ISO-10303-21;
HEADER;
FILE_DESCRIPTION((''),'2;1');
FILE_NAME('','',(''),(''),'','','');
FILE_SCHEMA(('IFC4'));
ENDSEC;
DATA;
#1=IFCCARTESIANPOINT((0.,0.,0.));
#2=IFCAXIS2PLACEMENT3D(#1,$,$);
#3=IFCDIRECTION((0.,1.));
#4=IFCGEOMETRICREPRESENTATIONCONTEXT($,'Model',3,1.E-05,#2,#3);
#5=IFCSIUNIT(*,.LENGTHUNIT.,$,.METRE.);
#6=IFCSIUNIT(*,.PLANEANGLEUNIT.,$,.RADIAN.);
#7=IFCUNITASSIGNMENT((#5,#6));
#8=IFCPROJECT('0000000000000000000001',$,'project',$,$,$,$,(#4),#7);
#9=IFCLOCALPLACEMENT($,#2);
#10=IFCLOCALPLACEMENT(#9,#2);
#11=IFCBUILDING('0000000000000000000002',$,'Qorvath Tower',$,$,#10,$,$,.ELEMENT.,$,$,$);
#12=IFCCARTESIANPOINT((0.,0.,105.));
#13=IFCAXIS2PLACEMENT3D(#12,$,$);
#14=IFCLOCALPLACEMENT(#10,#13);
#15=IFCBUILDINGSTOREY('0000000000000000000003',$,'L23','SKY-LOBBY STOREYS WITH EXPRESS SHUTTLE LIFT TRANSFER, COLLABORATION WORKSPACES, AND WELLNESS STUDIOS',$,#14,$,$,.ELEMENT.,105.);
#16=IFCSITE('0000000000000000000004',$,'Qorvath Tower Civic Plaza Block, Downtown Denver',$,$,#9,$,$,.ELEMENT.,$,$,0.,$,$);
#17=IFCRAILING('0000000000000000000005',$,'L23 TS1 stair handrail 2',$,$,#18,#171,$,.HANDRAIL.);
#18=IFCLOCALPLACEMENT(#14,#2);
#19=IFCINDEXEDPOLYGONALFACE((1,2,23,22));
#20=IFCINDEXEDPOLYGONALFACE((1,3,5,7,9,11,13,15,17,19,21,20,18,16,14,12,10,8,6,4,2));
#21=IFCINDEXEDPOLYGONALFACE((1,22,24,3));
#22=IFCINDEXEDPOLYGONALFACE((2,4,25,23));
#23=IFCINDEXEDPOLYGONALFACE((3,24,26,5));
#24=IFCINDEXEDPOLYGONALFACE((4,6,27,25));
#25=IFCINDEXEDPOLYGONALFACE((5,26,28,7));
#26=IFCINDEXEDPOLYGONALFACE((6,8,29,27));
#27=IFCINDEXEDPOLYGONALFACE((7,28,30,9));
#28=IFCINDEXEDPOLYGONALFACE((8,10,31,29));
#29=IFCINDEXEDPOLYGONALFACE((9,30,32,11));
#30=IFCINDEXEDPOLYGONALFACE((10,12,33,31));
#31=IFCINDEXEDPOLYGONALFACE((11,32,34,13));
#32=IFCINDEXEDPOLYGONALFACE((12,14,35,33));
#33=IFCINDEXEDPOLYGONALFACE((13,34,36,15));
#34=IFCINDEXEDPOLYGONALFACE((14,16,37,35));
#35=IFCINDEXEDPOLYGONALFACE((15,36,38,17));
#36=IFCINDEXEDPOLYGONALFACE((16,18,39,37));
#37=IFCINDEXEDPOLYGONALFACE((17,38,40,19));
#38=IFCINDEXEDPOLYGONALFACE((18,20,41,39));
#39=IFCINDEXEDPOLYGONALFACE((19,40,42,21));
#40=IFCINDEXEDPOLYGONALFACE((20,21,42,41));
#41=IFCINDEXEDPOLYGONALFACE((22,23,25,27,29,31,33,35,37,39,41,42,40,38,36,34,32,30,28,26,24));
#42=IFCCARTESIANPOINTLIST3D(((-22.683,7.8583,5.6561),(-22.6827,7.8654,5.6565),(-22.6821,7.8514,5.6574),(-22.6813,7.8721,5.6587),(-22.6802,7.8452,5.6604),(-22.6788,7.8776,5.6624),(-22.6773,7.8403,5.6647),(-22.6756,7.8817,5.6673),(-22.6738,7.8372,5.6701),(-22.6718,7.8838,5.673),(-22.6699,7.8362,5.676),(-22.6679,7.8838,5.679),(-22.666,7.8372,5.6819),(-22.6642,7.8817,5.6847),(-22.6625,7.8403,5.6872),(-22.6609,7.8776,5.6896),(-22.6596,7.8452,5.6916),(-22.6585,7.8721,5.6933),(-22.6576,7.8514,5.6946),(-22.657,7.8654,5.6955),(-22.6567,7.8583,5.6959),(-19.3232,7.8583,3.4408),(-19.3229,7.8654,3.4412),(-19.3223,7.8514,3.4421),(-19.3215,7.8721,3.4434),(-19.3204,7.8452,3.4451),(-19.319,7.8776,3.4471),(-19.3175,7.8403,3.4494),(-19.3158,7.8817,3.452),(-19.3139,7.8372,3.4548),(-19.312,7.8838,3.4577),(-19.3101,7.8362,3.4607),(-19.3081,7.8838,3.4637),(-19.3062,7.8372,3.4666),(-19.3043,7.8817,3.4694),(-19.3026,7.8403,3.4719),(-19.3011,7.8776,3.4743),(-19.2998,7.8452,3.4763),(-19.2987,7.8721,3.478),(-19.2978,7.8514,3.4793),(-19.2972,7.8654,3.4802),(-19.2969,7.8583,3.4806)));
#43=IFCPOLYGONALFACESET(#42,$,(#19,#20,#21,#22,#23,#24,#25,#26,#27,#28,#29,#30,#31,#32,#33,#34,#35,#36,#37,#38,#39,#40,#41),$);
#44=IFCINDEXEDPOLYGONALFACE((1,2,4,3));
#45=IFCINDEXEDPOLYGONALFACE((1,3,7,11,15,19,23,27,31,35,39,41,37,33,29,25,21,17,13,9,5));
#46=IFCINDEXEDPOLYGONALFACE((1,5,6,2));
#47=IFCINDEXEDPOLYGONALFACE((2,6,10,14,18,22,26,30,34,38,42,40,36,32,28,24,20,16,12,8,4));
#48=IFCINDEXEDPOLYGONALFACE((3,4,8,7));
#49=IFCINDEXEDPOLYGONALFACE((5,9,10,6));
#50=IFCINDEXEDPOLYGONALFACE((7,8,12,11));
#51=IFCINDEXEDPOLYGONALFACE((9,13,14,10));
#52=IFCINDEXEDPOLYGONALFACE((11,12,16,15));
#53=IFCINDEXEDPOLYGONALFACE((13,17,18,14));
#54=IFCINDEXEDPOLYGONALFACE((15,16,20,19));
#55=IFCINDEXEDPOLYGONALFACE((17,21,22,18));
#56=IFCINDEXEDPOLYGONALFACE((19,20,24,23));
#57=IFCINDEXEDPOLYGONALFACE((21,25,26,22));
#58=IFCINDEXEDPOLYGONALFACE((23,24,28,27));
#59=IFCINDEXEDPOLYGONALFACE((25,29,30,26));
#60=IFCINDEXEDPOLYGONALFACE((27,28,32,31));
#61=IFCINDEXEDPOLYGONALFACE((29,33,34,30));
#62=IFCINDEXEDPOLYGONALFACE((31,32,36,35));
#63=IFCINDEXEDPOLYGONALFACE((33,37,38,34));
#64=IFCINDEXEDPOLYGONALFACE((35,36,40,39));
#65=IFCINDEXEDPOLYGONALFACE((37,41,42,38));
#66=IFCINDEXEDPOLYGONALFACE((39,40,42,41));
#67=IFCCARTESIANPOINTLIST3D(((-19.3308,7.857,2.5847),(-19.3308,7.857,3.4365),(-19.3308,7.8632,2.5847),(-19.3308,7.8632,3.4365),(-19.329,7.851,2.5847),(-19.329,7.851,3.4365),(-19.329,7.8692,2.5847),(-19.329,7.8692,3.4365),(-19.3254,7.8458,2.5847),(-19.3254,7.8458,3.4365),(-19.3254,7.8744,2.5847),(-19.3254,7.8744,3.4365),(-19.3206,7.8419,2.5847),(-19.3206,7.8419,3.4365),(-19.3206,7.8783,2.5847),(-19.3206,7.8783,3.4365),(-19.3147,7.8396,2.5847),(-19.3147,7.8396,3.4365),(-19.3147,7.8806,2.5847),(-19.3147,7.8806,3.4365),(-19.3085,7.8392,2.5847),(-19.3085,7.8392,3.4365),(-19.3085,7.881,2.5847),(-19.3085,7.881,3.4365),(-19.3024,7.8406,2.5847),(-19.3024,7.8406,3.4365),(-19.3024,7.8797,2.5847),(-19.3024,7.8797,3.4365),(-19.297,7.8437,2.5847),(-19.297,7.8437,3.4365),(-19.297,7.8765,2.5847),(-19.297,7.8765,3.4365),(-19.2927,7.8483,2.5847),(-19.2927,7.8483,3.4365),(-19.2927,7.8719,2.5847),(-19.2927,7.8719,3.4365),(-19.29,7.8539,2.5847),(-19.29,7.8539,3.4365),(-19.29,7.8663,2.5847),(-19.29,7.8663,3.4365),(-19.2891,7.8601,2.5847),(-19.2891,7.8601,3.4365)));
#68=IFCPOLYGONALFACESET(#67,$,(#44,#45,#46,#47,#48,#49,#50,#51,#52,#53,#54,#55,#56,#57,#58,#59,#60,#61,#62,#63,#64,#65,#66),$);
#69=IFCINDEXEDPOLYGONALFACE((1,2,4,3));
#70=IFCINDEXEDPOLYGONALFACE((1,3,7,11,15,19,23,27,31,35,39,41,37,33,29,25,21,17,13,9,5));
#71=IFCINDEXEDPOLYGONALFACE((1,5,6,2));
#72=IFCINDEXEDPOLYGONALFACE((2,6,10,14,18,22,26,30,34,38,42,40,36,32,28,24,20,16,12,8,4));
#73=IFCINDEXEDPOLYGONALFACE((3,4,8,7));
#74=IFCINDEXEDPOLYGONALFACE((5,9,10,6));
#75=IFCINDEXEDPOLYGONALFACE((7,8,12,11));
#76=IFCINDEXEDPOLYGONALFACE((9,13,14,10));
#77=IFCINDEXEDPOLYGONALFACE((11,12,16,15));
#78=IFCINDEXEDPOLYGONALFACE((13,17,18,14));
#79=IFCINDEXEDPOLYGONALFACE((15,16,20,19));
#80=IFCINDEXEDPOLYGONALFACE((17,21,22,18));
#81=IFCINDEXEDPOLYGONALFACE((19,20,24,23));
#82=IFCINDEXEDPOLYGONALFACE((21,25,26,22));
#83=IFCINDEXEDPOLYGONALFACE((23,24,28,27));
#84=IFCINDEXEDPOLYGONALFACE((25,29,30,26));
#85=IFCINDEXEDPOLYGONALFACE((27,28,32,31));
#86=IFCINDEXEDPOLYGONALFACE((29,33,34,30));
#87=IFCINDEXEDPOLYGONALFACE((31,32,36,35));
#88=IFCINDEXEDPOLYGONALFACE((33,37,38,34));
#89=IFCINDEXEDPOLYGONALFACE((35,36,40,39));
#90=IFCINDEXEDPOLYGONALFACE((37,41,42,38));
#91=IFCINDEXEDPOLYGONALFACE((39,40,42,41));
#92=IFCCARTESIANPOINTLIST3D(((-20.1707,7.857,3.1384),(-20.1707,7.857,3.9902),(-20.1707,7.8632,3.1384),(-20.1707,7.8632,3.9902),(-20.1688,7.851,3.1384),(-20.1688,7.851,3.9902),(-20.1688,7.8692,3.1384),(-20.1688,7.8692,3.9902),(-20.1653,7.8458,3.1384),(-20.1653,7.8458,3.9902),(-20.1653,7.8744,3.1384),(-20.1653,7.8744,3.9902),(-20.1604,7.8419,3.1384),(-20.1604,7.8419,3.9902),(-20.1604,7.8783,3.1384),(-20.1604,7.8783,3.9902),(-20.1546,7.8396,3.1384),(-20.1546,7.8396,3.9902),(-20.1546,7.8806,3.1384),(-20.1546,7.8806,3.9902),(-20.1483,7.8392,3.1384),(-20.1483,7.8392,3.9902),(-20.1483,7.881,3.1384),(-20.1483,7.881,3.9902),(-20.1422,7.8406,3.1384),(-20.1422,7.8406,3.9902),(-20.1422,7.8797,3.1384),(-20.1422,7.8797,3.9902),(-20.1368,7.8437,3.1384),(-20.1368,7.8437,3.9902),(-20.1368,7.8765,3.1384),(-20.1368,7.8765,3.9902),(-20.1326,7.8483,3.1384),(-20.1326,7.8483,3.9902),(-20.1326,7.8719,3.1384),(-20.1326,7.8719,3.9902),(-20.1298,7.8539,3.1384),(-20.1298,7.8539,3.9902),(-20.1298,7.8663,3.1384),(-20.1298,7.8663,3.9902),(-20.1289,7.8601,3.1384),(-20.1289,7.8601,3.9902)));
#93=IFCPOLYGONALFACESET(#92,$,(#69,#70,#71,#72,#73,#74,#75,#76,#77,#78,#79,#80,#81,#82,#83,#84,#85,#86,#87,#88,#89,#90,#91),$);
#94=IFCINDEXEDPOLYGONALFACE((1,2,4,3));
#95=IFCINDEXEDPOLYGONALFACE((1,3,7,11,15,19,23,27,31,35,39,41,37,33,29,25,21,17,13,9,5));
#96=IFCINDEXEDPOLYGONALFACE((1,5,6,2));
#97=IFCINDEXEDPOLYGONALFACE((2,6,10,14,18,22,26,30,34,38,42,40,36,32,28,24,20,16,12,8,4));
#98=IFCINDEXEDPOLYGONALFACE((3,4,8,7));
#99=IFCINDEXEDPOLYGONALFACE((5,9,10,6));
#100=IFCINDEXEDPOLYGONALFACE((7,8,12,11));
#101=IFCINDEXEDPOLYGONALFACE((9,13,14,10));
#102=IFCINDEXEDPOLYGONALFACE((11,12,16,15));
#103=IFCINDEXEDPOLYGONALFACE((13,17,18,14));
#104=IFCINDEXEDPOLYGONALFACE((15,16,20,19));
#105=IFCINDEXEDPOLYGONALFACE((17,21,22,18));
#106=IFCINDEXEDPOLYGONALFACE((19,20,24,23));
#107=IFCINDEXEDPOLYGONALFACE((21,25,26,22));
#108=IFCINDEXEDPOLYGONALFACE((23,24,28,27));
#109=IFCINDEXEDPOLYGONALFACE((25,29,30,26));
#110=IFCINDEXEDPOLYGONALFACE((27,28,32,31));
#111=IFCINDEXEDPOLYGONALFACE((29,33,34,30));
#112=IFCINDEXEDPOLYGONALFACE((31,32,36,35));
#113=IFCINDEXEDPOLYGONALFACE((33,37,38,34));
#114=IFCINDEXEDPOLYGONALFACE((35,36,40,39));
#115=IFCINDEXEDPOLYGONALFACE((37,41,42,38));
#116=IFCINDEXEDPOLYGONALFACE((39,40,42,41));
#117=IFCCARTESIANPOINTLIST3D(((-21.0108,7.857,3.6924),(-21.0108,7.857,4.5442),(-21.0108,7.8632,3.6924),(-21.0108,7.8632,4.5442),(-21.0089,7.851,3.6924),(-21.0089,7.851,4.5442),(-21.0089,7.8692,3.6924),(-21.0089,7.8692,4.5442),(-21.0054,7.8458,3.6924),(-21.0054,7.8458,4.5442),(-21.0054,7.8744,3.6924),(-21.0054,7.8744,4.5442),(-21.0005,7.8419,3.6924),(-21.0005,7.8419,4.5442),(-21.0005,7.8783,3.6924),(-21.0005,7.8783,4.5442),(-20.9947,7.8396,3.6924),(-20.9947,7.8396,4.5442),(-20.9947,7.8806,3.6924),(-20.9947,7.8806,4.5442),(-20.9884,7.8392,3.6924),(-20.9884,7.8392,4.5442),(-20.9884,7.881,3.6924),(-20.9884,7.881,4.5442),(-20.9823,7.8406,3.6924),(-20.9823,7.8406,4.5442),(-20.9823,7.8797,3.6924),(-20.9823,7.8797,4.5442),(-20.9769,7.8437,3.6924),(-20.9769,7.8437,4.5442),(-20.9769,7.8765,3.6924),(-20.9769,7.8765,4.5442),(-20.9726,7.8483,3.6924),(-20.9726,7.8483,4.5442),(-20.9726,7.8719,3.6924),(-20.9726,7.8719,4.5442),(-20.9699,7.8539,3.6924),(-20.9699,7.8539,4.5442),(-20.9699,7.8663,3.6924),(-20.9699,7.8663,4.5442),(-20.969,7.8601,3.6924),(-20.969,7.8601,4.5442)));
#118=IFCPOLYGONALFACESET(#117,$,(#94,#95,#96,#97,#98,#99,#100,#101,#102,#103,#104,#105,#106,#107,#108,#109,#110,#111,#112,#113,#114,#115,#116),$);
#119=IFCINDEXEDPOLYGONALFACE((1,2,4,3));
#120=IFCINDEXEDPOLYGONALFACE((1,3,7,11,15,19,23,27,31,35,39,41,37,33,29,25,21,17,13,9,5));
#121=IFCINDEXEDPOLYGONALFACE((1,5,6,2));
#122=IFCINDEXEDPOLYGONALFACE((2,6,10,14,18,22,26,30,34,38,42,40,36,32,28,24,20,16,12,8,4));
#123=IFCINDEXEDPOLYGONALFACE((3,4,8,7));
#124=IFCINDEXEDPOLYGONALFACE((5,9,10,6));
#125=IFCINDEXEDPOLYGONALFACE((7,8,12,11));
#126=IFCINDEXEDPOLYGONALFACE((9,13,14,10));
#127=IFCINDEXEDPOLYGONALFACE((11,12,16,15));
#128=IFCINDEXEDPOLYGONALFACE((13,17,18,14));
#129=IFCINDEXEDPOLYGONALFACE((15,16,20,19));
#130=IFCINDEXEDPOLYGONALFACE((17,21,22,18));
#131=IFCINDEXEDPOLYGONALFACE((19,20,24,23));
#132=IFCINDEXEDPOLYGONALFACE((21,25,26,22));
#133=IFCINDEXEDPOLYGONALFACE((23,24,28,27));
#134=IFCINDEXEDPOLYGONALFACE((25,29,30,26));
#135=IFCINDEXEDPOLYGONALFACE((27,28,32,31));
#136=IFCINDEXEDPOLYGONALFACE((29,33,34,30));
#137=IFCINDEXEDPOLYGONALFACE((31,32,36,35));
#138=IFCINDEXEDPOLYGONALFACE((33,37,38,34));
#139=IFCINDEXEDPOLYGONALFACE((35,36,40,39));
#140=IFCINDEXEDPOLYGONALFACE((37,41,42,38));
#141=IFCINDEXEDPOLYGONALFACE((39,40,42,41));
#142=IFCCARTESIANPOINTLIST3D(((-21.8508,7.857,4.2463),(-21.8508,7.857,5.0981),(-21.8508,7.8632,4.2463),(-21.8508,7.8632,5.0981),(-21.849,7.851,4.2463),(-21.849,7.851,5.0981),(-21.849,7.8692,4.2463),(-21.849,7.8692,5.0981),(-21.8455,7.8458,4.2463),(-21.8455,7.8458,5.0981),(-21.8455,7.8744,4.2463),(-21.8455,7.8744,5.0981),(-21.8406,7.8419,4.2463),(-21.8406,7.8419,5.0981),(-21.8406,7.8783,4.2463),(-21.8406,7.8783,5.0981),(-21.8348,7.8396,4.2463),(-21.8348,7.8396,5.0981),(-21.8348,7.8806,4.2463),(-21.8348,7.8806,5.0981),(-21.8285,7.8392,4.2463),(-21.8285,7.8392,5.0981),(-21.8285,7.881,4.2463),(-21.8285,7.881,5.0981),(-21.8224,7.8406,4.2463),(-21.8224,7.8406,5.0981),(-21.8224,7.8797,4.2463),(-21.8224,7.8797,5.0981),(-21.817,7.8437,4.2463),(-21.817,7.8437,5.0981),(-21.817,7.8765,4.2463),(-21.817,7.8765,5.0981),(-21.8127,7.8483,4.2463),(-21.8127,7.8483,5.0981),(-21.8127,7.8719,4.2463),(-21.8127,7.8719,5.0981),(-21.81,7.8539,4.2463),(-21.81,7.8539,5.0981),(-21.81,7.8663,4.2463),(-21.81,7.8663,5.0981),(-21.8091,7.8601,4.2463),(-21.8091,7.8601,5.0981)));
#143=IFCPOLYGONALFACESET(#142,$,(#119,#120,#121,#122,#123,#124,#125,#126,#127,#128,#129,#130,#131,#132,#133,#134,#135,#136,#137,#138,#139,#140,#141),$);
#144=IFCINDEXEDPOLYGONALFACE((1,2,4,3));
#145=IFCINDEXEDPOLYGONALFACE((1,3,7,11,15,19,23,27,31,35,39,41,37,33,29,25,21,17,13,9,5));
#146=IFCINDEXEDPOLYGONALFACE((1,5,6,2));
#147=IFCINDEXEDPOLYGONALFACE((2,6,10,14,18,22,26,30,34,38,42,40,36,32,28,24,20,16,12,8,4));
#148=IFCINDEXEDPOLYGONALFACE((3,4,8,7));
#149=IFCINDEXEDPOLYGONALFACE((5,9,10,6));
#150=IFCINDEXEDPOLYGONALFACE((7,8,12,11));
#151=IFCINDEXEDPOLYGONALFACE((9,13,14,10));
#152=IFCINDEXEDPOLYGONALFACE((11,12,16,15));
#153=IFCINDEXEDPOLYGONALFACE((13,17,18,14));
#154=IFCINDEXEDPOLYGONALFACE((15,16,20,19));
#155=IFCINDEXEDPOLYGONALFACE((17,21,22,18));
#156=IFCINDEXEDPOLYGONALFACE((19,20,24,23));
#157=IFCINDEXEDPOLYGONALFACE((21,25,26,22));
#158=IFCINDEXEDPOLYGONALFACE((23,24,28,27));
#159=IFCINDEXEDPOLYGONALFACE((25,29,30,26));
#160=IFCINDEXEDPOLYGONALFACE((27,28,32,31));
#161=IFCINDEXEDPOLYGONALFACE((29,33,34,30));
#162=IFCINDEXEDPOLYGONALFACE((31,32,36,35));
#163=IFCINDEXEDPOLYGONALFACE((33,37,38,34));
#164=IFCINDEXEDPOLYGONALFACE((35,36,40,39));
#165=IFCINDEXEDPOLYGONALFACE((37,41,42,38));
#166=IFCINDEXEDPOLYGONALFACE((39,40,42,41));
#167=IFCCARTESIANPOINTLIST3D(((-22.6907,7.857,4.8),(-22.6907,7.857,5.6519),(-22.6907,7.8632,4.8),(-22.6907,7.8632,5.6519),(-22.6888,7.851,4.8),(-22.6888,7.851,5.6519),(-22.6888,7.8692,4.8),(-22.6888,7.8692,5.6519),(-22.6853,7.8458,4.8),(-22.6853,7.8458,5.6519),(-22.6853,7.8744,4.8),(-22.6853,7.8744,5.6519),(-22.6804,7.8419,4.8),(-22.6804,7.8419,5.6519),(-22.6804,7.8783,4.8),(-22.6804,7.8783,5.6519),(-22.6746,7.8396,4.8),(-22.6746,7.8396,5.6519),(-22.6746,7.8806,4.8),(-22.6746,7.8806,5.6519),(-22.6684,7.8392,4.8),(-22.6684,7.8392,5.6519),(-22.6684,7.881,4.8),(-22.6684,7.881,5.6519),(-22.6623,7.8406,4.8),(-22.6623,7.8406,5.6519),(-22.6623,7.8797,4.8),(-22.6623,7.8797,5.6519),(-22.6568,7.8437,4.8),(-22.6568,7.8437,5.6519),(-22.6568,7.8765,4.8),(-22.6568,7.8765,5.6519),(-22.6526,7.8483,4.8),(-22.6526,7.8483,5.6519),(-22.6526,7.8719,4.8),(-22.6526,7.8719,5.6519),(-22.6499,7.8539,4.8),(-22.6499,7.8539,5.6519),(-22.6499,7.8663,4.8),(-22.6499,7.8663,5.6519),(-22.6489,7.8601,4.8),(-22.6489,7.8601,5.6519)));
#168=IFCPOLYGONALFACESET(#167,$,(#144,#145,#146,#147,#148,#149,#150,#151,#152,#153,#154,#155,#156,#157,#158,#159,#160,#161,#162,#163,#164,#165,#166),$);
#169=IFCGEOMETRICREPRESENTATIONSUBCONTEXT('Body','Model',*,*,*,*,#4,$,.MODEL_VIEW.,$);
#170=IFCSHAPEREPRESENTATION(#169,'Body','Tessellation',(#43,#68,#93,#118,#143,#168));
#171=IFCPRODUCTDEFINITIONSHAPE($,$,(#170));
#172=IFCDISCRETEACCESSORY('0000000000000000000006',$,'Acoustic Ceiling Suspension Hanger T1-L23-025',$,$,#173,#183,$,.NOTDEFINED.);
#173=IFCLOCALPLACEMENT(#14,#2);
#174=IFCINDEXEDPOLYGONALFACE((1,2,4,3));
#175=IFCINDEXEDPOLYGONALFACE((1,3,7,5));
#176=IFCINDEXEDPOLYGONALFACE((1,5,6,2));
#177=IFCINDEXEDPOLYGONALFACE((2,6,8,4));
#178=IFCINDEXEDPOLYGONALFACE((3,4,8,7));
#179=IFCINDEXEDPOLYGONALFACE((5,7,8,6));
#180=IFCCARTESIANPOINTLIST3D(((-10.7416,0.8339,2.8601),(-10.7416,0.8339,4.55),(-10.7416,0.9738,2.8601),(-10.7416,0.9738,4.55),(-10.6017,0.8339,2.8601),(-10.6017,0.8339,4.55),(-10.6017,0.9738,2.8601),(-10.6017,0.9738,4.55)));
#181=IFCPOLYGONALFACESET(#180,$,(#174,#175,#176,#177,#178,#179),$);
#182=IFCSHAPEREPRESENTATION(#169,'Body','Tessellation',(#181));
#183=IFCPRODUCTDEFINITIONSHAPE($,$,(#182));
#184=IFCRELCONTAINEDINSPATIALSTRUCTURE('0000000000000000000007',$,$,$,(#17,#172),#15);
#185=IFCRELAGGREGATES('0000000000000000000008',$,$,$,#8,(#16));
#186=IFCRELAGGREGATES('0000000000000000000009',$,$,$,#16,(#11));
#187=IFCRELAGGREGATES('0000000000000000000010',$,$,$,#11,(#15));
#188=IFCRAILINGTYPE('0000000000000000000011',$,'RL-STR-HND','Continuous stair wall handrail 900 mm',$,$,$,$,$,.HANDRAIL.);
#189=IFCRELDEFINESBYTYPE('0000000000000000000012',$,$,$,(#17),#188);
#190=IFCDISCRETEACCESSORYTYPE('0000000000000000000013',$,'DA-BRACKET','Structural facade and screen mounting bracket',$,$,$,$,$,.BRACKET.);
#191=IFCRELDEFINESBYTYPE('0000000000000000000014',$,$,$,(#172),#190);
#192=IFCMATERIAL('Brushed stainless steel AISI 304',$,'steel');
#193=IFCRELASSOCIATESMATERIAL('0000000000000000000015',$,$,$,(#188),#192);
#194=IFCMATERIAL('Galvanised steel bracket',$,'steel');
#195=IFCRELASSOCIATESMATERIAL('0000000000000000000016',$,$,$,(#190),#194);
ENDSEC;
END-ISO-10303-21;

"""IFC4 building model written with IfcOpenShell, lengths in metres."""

from ifc_helpers import new_model, si_unit, direction, frame, origin, origin_2d, place, context, subcontext, project, spatial, rectangle, circle, extrude, material, type_object, element, save


model = new_model("IFC4")

# Units and contexts
model_context = context("Model", 3, precision=1e-05, world=origin(), true_north=direction((0.0, 1.0)))
body_context = subcontext(model_context, "Body", "Model", "MODEL_VIEW")
ifc_project = project(units=[si_unit("LENGTHUNIT", "METRE"), si_unit("PLANEANGLEUNIT", "RADIAN")], contexts=[model_context])

# Site, building, storey
site_placement = place(None, origin())
site = spatial("IfcSite", under=ifc_project, at=site_placement, Name="Qorvath Tower Civic Plaza Block, Downtown Denver", CompositionType="ELEMENT", RefElevation=0.0)
building_placement = place(site_placement, origin())
building = spatial("IfcBuilding", under=site, at=building_placement, Name="Qorvath Tower", CompositionType="ELEMENT")
storey_placement = place(building_placement, frame((0.0, 0.0, 105.0)))
storey = spatial("IfcBuildingStorey", under=building, at=storey_placement, Name="L23", Description="SKY-LOBBY STOREYS WITH EXPRESS SHUTTLE LIFT TRANSFER, COLLABORATION WORKSPACES, AND WELLNESS STUDIOS", CompositionType="ELEMENT", Elevation=105.0)

# Railing
ifc_material_1 = material(Name="Brushed stainless steel AISI 304", Category="steel")
railing_type_1 = type_object("IfcRailingType", Name="RL-STR-HND", Description="Continuous stair wall handrail 900 mm", PredefinedType="HANDRAIL", material=ifc_material_1)
railing_1_placement = place(storey_placement, frame((-19.3101, 7.8601, 2.5847)))
element("IfcRailing", 1, at=railing_1_placement, inside=storey, type_object=railing_type_1, Name="L23 TS1 stair handrail 2", PredefinedType="HANDRAIL", context=body_context, shape_type="SweptSolid", body=[
    extrude(circle(Radius=0.0239, at=origin_2d()), frame((0.0, 0.0, 0.876), z_axis=(-0.834858, 0.0, 0.550465), x_axis=(0.0, -1.0, 0.0)), (0.0, 0.0, 1.0), 4.0244),
    extrude(circle(Radius=0.021, at=origin_2d()), origin(), (0.0, 0.0, 1.0), 0.8518),
    extrude(circle(Radius=0.021, at=origin_2d()), frame((-0.8398, 0.0, 0.5537)), (0.0, 0.0, 1.0), 0.8518),
    extrude(circle(Radius=0.021, at=origin_2d()), frame((-1.6799, 0.0, 1.1077)), (0.0, 0.0, 1.0), 0.8518),
    extrude(circle(Radius=0.021, at=origin_2d()), frame((-2.52, 0.0, 1.6616)), (0.0, 0.0, 1.0), 0.8518),
    extrude(circle(Radius=0.021, at=origin_2d()), frame((-3.3599, 0.0, 2.2153)), (0.0, 0.0, 1.0), 0.8518),
])

# Discrete accessory
ifc_material_2 = material(Name="Galvanised steel bracket", Category="steel")
discrete_accessory_type = type_object("IfcDiscreteAccessoryType", Name="DA-BRACKET", Description="Structural facade and screen mounting bracket", PredefinedType="BRACKET", material=ifc_material_2)
discrete_accessory_placement = place(storey_placement, frame((-10.6716, 0.9038, 2.8601), z_axis=(0.0, 0.0, 1.0), x_axis=(1.0, 0.0, 0.0)))
element("IfcDiscreteAccessory", 2, at=discrete_accessory_placement, inside=storey, type_object=discrete_accessory_type, Name="Acoustic Ceiling Suspension Hanger T1-L23-025", PredefinedType="NOTDEFINED", context=body_context, shape_type="SweptSolid", body=[
    extrude(rectangle(XDim=0.1399, YDim=0.1399, at=origin_2d()), origin(), (0.0, 0.0, 1.0), 1.6899),
])

save(model, "model.ifc")
